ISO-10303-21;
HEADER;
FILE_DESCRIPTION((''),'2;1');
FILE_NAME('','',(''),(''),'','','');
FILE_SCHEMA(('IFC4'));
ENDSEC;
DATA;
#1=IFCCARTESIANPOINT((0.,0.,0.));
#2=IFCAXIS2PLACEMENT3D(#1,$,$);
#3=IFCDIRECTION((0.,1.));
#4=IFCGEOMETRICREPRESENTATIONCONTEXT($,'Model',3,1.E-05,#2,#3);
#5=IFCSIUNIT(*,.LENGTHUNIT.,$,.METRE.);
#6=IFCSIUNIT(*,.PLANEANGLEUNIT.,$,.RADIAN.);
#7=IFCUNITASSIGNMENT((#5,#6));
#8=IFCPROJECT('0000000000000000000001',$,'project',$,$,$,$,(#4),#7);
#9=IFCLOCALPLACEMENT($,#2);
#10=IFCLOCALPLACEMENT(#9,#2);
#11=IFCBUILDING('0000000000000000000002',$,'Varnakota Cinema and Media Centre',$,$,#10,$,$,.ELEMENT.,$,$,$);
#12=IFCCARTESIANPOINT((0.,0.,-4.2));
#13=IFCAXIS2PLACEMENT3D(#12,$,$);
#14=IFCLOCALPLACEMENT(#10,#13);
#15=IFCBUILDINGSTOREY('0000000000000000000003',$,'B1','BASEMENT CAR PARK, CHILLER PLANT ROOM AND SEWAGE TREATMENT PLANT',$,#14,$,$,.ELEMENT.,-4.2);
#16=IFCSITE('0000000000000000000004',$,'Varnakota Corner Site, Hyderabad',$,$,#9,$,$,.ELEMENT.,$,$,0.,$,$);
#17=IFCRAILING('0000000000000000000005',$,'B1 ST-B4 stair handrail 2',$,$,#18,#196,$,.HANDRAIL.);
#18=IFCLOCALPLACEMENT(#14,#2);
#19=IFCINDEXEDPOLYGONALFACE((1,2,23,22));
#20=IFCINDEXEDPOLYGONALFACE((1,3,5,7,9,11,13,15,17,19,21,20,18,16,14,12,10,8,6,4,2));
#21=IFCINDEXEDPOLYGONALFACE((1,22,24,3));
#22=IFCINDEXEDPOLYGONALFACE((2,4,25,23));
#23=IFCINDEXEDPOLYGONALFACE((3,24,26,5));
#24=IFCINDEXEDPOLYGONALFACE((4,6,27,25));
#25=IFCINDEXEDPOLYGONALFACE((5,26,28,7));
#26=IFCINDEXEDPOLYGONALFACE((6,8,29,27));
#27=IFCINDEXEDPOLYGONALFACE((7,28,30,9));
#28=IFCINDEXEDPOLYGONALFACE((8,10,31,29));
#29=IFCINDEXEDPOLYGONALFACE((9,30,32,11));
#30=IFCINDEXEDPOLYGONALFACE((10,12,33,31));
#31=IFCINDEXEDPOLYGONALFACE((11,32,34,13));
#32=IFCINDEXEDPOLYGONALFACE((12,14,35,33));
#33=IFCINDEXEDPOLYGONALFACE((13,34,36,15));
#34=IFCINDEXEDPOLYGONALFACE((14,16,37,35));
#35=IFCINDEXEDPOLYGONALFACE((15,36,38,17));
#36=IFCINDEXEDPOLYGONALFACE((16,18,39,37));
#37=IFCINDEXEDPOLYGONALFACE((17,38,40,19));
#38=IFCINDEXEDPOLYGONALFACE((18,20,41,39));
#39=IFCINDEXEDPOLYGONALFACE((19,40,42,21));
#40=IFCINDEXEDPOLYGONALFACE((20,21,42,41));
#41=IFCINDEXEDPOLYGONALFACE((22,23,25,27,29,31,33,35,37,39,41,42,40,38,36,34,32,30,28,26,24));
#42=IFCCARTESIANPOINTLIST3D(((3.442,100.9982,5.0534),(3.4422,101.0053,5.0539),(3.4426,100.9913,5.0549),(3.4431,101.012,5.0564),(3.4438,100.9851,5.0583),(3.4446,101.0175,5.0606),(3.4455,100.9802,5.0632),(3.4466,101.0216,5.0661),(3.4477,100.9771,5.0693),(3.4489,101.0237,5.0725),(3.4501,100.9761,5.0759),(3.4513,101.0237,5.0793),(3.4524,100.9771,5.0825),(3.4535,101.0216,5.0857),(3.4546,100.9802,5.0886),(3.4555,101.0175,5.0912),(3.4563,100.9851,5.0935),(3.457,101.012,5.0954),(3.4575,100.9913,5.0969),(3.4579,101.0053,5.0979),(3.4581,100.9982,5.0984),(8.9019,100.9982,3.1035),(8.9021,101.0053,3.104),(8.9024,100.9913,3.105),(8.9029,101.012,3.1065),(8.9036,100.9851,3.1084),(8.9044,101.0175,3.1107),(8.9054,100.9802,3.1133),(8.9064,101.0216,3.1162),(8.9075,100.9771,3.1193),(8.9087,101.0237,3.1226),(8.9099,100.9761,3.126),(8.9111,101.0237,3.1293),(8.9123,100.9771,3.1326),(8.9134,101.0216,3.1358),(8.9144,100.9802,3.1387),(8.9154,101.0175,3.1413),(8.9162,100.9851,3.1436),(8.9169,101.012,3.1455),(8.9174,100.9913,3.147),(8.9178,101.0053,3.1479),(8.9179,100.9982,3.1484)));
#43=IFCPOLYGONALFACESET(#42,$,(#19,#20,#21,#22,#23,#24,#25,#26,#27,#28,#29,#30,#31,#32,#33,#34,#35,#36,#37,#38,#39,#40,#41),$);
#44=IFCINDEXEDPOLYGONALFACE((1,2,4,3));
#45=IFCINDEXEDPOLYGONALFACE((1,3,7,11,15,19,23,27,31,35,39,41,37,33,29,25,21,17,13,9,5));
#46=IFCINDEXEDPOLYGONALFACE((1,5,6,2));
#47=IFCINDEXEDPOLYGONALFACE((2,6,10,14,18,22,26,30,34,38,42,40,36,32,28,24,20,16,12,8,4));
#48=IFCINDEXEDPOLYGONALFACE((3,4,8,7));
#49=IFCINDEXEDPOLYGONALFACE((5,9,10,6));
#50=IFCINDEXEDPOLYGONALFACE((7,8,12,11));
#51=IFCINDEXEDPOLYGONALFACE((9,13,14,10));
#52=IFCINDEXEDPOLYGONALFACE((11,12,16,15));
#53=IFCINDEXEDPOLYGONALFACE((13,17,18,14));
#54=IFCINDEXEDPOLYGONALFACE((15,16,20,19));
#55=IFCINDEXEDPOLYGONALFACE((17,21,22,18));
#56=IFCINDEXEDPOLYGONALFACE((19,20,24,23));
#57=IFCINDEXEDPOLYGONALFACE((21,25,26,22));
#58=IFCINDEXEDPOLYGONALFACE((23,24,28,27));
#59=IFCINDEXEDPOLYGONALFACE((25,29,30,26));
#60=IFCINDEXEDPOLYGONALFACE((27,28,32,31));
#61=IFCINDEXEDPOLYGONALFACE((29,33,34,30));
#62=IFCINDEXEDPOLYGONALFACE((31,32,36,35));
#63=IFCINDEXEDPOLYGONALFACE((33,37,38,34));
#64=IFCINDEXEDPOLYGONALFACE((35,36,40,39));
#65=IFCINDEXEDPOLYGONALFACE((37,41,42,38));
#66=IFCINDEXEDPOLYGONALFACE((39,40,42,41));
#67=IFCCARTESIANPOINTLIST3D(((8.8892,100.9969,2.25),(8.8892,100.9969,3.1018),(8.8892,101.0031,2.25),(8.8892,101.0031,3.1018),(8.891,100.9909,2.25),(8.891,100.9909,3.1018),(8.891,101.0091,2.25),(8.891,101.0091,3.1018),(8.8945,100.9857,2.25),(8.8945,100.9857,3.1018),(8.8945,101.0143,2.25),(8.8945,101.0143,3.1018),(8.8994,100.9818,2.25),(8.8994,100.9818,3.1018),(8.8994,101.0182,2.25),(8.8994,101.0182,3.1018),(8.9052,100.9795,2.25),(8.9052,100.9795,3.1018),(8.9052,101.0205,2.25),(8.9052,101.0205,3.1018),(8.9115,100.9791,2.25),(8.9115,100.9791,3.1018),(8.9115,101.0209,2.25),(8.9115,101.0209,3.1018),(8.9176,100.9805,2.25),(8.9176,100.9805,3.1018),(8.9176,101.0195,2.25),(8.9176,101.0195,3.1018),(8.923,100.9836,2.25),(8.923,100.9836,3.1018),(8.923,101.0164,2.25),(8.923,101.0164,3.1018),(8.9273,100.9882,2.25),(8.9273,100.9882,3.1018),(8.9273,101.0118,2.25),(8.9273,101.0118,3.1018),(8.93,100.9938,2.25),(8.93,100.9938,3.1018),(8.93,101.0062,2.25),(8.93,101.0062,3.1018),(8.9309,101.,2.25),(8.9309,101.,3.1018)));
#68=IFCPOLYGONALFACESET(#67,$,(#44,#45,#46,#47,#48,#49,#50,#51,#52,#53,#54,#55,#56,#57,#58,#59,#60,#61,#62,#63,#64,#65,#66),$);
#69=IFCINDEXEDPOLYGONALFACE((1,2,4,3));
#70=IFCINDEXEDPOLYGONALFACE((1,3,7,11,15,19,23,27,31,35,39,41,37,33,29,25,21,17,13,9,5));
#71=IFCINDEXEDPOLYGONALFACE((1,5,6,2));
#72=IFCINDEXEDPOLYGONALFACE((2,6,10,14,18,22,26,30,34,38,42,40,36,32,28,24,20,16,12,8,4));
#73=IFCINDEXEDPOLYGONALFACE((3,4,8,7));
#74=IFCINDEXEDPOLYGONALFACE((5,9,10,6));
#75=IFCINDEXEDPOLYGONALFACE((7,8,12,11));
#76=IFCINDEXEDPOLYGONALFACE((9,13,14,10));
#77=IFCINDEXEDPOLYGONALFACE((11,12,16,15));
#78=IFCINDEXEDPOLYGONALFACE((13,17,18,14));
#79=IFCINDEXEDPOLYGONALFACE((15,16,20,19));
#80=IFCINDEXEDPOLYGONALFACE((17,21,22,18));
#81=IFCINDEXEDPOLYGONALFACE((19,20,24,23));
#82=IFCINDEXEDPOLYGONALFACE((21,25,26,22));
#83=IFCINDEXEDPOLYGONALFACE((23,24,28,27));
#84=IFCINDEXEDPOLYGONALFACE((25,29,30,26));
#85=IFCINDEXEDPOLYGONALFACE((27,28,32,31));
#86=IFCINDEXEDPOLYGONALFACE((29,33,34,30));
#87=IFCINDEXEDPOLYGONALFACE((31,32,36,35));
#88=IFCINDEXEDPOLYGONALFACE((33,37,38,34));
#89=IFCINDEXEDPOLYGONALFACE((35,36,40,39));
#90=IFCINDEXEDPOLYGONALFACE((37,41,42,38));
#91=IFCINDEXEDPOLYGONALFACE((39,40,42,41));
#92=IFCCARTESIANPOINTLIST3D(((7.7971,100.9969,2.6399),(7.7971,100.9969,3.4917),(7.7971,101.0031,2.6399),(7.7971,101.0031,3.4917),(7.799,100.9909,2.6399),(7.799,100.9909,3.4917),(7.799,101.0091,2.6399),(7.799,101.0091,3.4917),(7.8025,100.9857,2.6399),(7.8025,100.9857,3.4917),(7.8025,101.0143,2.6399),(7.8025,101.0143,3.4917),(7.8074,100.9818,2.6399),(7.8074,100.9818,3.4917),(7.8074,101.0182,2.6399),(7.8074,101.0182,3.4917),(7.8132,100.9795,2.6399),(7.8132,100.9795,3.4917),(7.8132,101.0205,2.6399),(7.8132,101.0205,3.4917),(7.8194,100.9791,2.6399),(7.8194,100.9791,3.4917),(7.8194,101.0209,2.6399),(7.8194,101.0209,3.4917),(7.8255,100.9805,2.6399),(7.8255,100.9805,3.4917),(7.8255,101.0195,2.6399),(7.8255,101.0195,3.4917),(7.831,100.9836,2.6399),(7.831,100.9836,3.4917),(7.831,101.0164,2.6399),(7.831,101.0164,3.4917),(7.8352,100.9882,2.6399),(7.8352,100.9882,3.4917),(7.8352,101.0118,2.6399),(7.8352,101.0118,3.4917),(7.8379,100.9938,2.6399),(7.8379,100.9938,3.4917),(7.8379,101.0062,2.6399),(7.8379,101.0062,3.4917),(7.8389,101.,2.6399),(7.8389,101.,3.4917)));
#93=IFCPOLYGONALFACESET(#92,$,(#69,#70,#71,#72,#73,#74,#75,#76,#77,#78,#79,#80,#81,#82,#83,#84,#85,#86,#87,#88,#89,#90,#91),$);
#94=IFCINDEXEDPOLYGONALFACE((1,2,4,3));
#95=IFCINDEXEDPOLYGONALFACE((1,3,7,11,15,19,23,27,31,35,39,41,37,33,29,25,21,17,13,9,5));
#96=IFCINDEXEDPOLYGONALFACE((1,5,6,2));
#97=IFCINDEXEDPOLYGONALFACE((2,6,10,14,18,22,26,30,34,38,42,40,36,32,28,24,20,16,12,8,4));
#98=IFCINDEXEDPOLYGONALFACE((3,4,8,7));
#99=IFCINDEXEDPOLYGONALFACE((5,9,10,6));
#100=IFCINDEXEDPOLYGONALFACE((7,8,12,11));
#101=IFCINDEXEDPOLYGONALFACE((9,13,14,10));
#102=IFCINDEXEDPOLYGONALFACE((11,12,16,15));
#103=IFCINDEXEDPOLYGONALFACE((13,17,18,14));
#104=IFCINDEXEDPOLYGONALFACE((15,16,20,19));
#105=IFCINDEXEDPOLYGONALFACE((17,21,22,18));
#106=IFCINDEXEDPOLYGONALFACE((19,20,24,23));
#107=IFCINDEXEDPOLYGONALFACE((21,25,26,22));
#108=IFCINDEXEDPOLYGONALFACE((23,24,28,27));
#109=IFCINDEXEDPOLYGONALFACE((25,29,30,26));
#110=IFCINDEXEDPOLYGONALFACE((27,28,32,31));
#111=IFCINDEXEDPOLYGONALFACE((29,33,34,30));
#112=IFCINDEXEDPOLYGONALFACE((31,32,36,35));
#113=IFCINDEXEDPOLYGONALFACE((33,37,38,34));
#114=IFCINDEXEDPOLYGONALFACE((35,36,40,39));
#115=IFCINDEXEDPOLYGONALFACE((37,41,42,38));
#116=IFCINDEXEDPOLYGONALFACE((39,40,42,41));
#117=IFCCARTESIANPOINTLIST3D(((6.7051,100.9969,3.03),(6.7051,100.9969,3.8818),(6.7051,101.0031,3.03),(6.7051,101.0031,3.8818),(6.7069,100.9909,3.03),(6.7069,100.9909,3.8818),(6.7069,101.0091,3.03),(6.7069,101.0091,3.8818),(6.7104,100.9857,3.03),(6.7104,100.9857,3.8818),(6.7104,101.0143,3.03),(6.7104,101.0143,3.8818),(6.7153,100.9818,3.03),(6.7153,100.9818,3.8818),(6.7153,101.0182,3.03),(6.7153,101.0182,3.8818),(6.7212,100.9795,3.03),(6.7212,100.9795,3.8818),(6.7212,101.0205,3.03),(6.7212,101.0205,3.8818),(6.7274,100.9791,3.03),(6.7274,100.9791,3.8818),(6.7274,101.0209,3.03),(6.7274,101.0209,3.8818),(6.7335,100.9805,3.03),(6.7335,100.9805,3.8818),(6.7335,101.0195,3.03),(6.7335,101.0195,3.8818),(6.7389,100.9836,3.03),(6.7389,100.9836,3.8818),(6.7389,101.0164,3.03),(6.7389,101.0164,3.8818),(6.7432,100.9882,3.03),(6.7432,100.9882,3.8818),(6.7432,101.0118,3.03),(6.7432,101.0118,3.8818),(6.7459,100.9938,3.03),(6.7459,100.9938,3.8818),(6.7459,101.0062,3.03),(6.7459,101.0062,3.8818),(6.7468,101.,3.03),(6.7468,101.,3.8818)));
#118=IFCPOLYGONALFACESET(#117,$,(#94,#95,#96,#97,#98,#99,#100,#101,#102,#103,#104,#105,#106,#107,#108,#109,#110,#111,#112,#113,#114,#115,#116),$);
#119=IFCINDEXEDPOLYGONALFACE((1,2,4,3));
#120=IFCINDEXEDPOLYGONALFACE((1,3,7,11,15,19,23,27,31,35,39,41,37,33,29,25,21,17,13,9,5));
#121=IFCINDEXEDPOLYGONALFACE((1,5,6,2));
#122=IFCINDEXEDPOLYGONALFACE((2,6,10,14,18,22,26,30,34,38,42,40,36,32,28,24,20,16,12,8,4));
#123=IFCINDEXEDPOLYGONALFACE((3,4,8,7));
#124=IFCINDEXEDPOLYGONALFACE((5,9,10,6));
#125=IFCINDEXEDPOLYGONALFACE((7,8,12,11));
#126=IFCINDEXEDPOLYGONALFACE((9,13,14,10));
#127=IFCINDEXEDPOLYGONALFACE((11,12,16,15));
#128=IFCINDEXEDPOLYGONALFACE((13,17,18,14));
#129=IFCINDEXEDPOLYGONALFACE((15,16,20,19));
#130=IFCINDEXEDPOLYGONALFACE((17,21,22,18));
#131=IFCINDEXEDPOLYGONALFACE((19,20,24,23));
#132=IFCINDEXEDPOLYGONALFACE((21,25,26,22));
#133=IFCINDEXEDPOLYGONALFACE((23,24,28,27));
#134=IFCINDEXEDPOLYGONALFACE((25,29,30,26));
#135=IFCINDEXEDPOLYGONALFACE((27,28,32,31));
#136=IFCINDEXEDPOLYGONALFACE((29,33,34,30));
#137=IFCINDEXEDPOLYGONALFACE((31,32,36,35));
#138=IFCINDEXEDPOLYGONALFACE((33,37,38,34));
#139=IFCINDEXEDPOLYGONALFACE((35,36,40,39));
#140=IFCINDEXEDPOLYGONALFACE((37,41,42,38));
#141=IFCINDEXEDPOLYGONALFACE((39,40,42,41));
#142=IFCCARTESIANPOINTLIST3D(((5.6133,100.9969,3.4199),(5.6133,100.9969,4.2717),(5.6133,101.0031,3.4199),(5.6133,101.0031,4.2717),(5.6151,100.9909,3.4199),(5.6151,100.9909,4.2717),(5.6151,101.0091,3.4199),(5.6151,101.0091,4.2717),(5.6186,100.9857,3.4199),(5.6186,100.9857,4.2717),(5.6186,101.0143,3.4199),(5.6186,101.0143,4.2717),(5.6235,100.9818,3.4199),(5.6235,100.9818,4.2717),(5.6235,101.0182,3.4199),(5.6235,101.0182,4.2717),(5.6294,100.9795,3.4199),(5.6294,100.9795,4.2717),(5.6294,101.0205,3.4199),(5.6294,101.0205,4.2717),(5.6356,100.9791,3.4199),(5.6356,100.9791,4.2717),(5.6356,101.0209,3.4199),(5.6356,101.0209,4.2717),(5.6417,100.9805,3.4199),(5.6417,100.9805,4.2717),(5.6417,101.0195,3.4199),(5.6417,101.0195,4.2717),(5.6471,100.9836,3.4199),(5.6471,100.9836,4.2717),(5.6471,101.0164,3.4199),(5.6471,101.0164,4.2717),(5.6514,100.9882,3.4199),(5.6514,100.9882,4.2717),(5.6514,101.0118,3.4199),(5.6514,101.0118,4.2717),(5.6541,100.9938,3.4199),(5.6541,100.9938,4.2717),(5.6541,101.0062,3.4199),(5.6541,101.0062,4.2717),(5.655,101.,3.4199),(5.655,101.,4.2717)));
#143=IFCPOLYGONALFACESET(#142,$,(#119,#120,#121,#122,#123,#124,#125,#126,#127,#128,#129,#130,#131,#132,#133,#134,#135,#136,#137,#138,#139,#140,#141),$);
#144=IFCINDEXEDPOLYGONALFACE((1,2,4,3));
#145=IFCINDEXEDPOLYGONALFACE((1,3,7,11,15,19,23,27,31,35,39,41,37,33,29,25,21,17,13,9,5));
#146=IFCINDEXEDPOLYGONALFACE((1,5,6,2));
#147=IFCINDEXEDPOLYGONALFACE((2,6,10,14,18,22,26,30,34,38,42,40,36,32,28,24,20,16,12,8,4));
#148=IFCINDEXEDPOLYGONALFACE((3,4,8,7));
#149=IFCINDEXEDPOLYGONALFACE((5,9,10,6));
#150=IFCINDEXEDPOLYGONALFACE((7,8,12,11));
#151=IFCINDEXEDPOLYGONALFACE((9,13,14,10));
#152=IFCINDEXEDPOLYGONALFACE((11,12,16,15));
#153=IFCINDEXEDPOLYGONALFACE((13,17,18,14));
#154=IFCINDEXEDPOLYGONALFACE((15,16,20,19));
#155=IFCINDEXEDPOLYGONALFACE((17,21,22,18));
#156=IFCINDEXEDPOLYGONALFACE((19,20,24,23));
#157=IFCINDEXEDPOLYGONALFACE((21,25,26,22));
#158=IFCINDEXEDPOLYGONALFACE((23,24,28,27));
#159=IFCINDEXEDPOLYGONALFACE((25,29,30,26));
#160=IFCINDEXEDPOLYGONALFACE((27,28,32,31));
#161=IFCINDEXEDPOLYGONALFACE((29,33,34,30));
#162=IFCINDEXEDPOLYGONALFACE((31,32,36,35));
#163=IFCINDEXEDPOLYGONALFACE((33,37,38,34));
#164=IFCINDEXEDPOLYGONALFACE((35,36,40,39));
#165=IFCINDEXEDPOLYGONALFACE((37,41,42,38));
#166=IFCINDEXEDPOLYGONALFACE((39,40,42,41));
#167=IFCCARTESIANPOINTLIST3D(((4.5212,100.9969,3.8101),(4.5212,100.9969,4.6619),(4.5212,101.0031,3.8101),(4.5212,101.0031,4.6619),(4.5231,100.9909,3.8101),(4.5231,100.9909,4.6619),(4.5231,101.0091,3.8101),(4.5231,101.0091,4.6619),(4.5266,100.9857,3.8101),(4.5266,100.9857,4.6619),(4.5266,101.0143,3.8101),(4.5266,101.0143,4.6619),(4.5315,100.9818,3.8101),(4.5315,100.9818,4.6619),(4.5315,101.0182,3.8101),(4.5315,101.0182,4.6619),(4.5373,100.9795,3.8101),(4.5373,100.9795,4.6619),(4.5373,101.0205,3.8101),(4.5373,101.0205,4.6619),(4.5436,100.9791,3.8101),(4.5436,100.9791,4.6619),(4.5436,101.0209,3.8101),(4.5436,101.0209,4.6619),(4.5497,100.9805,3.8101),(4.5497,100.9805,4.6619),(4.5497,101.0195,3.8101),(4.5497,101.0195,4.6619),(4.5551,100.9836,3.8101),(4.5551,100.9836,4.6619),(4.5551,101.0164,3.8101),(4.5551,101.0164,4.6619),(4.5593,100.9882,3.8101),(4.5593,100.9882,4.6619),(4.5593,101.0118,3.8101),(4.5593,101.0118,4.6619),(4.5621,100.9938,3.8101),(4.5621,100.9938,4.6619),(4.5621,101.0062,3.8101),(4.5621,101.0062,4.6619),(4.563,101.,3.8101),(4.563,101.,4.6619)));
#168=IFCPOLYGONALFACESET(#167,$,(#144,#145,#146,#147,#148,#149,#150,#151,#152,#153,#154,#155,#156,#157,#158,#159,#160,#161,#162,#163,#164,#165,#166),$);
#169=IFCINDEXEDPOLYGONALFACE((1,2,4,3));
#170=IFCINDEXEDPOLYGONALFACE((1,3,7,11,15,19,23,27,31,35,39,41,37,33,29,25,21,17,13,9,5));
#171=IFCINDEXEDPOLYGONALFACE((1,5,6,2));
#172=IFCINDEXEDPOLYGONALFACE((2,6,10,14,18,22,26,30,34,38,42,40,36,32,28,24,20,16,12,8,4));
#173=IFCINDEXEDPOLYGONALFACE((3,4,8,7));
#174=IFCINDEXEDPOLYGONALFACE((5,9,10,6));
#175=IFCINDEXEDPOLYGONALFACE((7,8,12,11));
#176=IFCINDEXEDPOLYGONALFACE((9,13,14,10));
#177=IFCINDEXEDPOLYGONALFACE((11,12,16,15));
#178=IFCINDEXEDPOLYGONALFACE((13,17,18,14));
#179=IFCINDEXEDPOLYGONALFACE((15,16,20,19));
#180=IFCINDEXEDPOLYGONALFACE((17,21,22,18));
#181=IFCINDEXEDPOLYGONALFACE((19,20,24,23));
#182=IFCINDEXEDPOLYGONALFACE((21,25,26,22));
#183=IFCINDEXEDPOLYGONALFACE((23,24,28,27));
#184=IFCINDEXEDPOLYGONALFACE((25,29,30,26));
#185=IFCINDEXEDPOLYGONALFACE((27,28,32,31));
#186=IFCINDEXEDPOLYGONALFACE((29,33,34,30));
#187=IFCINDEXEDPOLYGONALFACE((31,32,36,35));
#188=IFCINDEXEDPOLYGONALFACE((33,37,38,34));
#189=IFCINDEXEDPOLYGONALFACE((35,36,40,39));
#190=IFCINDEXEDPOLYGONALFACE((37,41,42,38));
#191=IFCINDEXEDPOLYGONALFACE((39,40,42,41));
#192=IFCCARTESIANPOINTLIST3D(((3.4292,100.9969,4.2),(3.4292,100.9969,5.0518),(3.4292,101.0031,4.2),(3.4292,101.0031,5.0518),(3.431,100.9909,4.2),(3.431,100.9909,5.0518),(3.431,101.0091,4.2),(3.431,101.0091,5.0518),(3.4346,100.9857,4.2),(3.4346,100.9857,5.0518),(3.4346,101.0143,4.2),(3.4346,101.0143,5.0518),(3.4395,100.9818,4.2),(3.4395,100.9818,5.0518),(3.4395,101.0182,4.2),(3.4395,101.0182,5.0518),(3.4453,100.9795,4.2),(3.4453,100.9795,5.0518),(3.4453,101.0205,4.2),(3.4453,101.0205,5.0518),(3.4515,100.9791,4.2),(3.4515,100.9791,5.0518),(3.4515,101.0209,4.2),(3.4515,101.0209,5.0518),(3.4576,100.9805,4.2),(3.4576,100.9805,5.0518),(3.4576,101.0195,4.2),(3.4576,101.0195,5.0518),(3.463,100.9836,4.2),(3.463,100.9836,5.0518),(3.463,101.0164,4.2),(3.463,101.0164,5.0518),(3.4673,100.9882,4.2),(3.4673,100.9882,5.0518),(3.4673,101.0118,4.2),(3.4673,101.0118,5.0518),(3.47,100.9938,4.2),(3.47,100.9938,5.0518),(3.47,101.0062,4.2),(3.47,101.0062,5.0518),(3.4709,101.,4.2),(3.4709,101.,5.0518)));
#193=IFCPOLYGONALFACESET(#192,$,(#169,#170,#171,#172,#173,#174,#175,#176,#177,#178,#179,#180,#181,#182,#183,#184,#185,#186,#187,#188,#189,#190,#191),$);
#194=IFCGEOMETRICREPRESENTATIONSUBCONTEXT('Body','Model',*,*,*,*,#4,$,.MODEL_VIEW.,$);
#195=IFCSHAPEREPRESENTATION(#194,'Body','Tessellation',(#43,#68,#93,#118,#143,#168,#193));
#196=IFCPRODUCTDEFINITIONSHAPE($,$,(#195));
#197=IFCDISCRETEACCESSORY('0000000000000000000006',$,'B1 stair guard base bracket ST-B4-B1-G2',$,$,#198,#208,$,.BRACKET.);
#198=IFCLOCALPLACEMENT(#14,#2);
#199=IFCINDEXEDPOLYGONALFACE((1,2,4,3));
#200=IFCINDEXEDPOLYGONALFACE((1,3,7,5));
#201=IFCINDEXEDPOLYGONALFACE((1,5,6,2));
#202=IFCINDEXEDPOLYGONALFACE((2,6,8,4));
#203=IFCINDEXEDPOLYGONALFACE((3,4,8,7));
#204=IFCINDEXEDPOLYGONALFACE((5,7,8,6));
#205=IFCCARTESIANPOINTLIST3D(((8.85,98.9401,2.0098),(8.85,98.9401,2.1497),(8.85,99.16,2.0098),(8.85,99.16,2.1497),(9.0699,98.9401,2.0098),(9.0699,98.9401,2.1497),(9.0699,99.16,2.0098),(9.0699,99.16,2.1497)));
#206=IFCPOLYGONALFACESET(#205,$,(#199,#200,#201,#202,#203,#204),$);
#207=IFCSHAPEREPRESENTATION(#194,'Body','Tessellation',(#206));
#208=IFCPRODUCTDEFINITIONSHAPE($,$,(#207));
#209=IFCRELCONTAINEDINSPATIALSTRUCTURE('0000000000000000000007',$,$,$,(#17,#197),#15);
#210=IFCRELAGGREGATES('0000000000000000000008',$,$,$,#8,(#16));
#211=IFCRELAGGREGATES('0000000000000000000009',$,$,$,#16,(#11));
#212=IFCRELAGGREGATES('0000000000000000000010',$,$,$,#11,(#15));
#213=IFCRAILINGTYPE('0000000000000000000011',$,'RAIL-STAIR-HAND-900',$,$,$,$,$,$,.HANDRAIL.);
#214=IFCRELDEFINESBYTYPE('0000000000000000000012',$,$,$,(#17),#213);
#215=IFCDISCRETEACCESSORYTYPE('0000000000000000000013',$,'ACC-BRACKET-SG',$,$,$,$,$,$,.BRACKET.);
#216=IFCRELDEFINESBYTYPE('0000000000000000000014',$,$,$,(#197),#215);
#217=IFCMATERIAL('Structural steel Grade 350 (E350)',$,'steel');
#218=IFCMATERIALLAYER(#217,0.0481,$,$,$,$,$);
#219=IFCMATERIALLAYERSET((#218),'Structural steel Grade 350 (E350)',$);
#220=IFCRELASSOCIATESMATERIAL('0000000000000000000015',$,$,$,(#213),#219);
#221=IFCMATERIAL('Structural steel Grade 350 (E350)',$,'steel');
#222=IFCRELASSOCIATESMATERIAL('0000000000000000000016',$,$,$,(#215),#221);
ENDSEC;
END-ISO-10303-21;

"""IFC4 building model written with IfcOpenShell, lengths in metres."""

from ifc_helpers import new_model, si_unit, direction, frame, origin, origin_2d, place, context, subcontext, project, spatial, rectangle, circle, extrude, material, layer, layer_set, type_object, element, save


model = new_model("IFC4")

# Units and contexts
model_context = context("Model", 3, precision=1e-05, world=origin(), true_north=direction((0.0, 1.0)))
body_context = subcontext(model_context, "Body", "Model", "MODEL_VIEW")
ifc_project = project(units=[si_unit("LENGTHUNIT", "METRE"), si_unit("PLANEANGLEUNIT", "RADIAN")], contexts=[model_context])

# Site, building, storey
site_placement = place(None, origin())
site = spatial("IfcSite", under=ifc_project, at=site_placement, Name="Varnakota Corner Site, Hyderabad", CompositionType="ELEMENT", RefElevation=0.0)
building_placement = place(site_placement, origin())
building = spatial("IfcBuilding", under=site, at=building_placement, Name="Varnakota Cinema and Media Centre", CompositionType="ELEMENT")
storey_placement = place(building_placement, frame((0.0, 0.0, -4.2)))
storey = spatial("IfcBuildingStorey", under=building, at=storey_placement, Name="B1", Description="BASEMENT CAR PARK, CHILLER PLANT ROOM AND SEWAGE TREATMENT PLANT", CompositionType="ELEMENT", Elevation=-4.2)

# Railing
ifc_material_1 = material(Name="Structural steel Grade 350 (E350)", Category="steel")
ifc_layer_1 = layer(ifc_material_1, 0.0481)
ifc_layer_set_1 = layer_set([ifc_layer_1], Name="Structural steel Grade 350 (E350)")
railing_type_1 = type_object("IfcRailingType", Name="RAIL-STAIR-HAND-900", PredefinedType="HANDRAIL", material=ifc_layer_set_1)
railing_1_placement = place(storey_placement, frame((8.9099, 101.0, 2.25)))
element("IfcRailing", 1, at=railing_1_placement, inside=storey, type_object=railing_type_1, Name="B1 ST-B4 stair handrail 2", PredefinedType="HANDRAIL", context=body_context, shape_type="SweptSolid", body=[
    extrude(circle(Radius=0.0239, at=origin_2d()), frame((0.0, 0.0, 0.876), z_axis=(-0.941744, 0.0, 0.336331), x_axis=(0.0, -1.0, 0.0)), (0.0, 0.0, 1.0), 5.7976),
    extrude(circle(Radius=0.021, at=origin_2d()), origin(), (0.0, 0.0, 1.0), 0.8518),
    extrude(circle(Radius=0.021, at=origin_2d()), frame((-1.092, 0.0, 0.3899)), (0.0, 0.0, 1.0), 0.8518),
    extrude(circle(Radius=0.021, at=origin_2d()), frame((-2.1841, 0.0, 0.78)), (0.0, 0.0, 1.0), 0.8518),
    extrude(circle(Radius=0.021, at=origin_2d()), frame((-3.2759, 0.0, 1.1699)), (0.0, 0.0, 1.0), 0.8518),
    extrude(circle(Radius=0.021, at=origin_2d()), frame((-4.3679, 0.0, 1.5601)), (0.0, 0.0, 1.0), 0.8518),
    extrude(circle(Radius=0.021, at=origin_2d()), frame((-5.46, 0.0, 1.95)), (0.0, 0.0, 1.0), 0.8518),
])

# Discrete accessory
ifc_material_2 = material(Name="Structural steel Grade 350 (E350)", Category="steel")
discrete_accessory_type = type_object("IfcDiscreteAccessoryType", Name="ACC-BRACKET-SG", PredefinedType="BRACKET", material=ifc_material_2)
for number, where, z_axis, x_axis, name in (
    (2, (8.96, 99.05, 2.0098), (0.0, 0.0, 1.0), (1.0, 0.0, 0.0), "B1 stair guard base bracket ST-B4-B1-G2"),
):
    element("IfcDiscreteAccessory", number, at=place(storey_placement, frame(where, z_axis=z_axis, x_axis=x_axis)), inside=storey, type_object=discrete_accessory_type, Name=name, PredefinedType="BRACKET", context=body_context, shape_type="SweptSolid", body=[
        extrude(rectangle(XDim=0.22, YDim=0.22, at=origin_2d()), origin(), (0.0, 0.0, 1.0), 0.1399),
    ])

save(model, "model.ifc")
